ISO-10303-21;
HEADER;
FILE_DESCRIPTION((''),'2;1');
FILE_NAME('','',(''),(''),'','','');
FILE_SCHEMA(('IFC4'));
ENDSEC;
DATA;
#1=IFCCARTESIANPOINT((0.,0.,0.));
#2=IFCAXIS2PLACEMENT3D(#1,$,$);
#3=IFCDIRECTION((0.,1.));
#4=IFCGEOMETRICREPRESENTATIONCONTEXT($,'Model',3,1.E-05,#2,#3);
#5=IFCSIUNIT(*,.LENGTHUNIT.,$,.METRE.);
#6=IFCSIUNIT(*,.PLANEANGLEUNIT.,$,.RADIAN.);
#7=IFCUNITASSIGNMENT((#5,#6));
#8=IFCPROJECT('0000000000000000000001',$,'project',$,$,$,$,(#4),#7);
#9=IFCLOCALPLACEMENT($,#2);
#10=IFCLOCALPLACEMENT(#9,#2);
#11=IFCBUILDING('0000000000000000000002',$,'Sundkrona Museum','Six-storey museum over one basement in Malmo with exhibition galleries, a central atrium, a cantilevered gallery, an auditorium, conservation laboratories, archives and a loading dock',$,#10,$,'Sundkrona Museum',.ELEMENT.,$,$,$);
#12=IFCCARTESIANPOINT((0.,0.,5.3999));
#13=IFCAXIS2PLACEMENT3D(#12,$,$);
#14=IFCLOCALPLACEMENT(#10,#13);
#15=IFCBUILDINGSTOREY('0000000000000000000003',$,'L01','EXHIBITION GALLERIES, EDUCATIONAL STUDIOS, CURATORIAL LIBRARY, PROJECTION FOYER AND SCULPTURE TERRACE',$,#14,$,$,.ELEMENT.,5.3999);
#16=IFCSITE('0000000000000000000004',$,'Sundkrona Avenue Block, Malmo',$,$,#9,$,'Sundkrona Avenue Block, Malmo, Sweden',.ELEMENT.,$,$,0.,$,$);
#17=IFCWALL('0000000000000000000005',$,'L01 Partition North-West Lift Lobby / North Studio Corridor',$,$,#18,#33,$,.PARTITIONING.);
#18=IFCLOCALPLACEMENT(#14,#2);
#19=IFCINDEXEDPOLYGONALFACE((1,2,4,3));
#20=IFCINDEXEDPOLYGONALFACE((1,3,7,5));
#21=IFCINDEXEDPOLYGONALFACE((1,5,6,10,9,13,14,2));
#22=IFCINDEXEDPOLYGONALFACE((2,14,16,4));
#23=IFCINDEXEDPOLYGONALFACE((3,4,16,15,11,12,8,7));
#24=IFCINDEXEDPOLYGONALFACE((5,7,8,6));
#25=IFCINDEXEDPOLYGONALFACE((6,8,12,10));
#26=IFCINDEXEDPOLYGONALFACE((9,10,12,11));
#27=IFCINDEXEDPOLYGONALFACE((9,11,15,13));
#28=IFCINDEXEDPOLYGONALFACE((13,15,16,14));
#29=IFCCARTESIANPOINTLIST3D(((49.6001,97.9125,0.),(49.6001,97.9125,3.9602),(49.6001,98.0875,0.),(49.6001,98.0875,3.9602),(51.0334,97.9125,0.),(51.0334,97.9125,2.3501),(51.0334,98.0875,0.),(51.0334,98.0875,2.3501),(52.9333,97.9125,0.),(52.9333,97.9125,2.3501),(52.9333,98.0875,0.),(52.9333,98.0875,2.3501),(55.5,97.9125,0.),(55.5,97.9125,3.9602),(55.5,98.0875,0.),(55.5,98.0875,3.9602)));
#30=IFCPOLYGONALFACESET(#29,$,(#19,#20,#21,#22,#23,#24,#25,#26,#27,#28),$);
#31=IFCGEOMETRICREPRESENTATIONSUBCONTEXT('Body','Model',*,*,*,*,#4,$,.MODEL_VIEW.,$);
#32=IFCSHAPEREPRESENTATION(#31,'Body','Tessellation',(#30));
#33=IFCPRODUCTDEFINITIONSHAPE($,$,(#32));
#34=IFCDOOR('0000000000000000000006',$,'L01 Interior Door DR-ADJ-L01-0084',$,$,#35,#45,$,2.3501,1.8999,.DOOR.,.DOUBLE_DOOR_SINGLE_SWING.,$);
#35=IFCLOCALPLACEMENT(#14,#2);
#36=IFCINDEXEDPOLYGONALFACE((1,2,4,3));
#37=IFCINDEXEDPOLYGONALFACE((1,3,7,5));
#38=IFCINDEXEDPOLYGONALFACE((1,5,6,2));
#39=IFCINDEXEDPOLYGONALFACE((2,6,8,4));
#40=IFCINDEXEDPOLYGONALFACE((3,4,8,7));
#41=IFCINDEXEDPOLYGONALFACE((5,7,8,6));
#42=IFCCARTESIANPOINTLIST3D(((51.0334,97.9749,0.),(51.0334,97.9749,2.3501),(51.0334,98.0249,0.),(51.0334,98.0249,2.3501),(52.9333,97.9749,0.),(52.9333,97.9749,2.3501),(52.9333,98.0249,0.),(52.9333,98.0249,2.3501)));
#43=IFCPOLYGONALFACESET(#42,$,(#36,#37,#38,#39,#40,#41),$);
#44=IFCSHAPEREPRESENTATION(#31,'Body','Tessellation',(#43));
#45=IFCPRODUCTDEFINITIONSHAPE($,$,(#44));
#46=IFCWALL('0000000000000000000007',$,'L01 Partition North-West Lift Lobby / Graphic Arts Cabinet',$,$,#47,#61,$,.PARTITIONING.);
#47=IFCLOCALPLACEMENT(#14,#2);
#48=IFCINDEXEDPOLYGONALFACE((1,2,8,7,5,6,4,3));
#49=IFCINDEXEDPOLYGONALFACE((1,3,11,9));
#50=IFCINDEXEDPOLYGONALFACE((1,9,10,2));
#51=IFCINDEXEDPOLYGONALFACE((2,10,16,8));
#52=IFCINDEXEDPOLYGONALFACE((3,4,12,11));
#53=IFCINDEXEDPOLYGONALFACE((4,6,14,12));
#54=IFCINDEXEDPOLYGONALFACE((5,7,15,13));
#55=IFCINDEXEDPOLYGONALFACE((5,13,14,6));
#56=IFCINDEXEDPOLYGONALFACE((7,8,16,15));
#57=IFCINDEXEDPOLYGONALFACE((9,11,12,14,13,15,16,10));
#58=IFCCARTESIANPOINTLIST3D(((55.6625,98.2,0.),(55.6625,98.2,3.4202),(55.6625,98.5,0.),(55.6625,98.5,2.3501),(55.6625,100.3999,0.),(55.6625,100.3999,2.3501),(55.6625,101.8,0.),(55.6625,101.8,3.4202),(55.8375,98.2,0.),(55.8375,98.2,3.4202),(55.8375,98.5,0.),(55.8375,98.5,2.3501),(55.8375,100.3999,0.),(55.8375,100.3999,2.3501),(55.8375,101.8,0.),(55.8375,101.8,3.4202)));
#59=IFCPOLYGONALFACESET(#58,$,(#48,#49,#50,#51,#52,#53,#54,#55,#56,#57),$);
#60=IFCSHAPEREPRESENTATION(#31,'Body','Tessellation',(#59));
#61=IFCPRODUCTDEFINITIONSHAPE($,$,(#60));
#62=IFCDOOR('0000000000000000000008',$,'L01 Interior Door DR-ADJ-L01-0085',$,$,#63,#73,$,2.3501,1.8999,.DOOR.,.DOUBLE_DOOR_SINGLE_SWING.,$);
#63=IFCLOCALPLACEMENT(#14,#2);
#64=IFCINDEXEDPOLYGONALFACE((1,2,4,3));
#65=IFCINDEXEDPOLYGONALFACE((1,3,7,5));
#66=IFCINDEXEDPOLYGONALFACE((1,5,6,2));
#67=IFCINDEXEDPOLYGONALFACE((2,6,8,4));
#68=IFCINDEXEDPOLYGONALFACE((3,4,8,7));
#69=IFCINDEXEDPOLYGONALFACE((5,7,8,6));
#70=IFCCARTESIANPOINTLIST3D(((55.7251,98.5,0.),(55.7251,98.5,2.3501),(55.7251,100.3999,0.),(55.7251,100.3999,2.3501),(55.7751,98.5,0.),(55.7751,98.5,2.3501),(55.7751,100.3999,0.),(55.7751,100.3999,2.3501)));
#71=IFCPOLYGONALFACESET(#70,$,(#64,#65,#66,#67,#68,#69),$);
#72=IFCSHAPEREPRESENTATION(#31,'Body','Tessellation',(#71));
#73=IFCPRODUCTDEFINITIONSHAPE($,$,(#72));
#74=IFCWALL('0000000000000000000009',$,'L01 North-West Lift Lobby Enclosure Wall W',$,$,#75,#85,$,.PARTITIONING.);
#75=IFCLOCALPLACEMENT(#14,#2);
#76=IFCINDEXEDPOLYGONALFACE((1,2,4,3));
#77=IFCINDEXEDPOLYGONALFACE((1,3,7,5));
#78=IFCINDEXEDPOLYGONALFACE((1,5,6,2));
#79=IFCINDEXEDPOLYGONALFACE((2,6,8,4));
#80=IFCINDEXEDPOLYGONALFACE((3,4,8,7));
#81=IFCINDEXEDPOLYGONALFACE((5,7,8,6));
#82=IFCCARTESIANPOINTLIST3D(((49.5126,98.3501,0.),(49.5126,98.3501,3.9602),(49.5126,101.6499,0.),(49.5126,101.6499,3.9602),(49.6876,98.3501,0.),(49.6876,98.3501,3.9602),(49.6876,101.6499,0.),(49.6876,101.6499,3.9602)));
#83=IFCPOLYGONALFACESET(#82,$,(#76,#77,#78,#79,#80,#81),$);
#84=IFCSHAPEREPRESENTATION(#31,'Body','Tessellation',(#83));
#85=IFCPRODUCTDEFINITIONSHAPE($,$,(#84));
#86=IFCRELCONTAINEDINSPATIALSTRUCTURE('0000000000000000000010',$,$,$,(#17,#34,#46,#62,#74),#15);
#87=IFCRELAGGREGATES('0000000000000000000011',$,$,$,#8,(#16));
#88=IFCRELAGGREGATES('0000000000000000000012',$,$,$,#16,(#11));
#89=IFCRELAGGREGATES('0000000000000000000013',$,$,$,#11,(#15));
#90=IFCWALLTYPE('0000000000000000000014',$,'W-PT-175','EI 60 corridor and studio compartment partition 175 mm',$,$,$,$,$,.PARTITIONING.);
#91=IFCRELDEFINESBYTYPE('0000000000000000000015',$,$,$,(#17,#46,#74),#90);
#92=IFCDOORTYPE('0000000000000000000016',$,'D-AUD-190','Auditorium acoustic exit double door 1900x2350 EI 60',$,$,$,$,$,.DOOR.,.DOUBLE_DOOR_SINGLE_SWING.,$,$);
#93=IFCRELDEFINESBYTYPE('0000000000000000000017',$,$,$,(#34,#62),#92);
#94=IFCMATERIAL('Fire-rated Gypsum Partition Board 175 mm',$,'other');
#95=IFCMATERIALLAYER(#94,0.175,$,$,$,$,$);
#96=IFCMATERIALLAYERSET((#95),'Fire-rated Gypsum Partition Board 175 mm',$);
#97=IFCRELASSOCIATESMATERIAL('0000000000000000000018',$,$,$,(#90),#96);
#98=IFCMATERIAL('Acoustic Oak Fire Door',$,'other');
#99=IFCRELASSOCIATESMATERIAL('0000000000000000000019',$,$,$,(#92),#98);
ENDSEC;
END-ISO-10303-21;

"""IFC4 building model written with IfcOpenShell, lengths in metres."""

from ifc_helpers import new_model, si_unit, direction, frame, frame_2d, origin, place, context, subcontext, project, spatial, rectangle, extrude, material, layer, layer_set, type_object, element, fill, save


model = new_model("IFC4")

# Units and contexts
model_context = context("Model", 3, precision=1e-05, world=origin(), true_north=direction((0.0, 1.0)))
body_context = subcontext(model_context, "Body", "Model", "MODEL_VIEW")
ifc_project = project(units=[si_unit("LENGTHUNIT", "METRE"), si_unit("PLANEANGLEUNIT", "RADIAN")], contexts=[model_context])

# Site, building, storey
site_placement = place(None, origin())
site = spatial("IfcSite", under=ifc_project, at=site_placement, Name="Sundkrona Avenue Block, Malmo", LongName="Sundkrona Avenue Block, Malmo, Sweden", CompositionType="ELEMENT", RefElevation=0.0)
building_placement = place(site_placement, origin())
building = spatial("IfcBuilding", under=site, at=building_placement, Name="Sundkrona Museum", Description="Six-storey museum over one basement in Malmo with exhibition galleries, a central atrium, a cantilevered gallery, an auditorium, conservation laboratories, archives and a loading dock", LongName="Sundkrona Museum", CompositionType="ELEMENT")
storey_placement = place(building_placement, frame((0.0, 0.0, 5.3999)))
storey = spatial("IfcBuildingStorey", under=building, at=storey_placement, Name="L01", Description="EXHIBITION GALLERIES, EDUCATIONAL STUDIOS, CURATORIAL LIBRARY, PROJECTION FOYER AND SCULPTURE TERRACE", CompositionType="ELEMENT", Elevation=5.3999)

# Walls, openings, doors
ifc_material_1 = material(Name="Fire-rated Gypsum Partition Board 175 mm", Category="other")
ifc_layer_1 = layer(ifc_material_1, 0.175)
ifc_layer_set_1 = layer_set([ifc_layer_1], Name="Fire-rated Gypsum Partition Board 175 mm")
wall_type_1 = type_object("IfcWallType", Name="W-PT-175", Description="EI 60 corridor and studio compartment partition 175 mm", PredefinedType="PARTITIONING", material=ifc_layer_set_1)
wall_1_placement = place(storey_placement, frame((49.6001, 98.0, 0.0), z_axis=(0.0, 0.0, 1.0), x_axis=(1.0, 0.0, 0.0)))
wall_1 = element("IfcWall", 1, at=wall_1_placement, inside=storey, type_object=wall_type_1, Name="L01 Partition North-West Lift Lobby / North Studio Corridor", PredefinedType="PARTITIONING", context=body_context, shape_type="SweptSolid", body=[
    extrude(rectangle(XDim=5.8999, YDim=0.175, at=frame_2d((2.95, 0.0))), origin(), (0.0, 0.0, 1.0), 3.9602),
])
opening_1_placement = place(wall_1_placement, frame((1.4333, 0.0, 0.0)))
opening_1 = element("IfcOpeningElement", 2, at=opening_1_placement, cuts=wall_1, PredefinedType="OPENING", context=body_context, shape_type="SweptSolid", body=[
    extrude(rectangle(XDim=1.8999, YDim=2.3501, at=frame_2d((0.95, 1.175))), frame((0.0, 0.0974, 0.0), z_axis=(0.0, -1.0, 0.0), x_axis=(1.0, 0.0, 0.0)), (0.0, 0.0, 1.0), 0.1951),
])
ifc_material_2 = material(Name="Acoustic Oak Fire Door", Category="other")
door_type_1 = type_object("IfcDoorType", Name="D-AUD-190", Description="Auditorium acoustic exit double door 1900x2350 EI 60", OperationType="DOUBLE_DOOR_SINGLE_SWING", PredefinedType="DOOR", material=ifc_material_2)
door_1_placement = place(opening_1_placement, origin())
door_1 = element("IfcDoor", 3, at=door_1_placement, inside=storey, type_object=door_type_1, Name="L01 Interior Door DR-ADJ-L01-0084", OperationType="DOUBLE_DOOR_SINGLE_SWING", OverallHeight=2.3501, OverallWidth=1.8999, PredefinedType="DOOR", context=body_context, shape_type="SweptSolid", body=[
    extrude(rectangle(XDim=1.8999, YDim=2.3501, at=frame_2d((0.95, 1.175))), frame((0.0, 0.0249, 0.0), z_axis=(0.0, -1.0, 0.0), x_axis=(1.0, 0.0, 0.0)), (0.0, 0.0, 1.0), 0.05),
])
fill(opening_1, door_1)
wall_2_placement = place(storey_placement, frame((55.75, 98.2, 0.0), z_axis=(0.0, 0.0, 1.0), x_axis=(0.0, 1.0, 0.0)))
wall_2 = element("IfcWall", 4, at=wall_2_placement, inside=storey, type_object=wall_type_1, Name="L01 Partition North-West Lift Lobby / Graphic Arts Cabinet", PredefinedType="PARTITIONING", context=body_context, shape_type="SweptSolid", body=[
    extrude(rectangle(XDim=3.6001, YDim=0.175, at=frame_2d((1.8, 0.0))), origin(), (0.0, 0.0, 1.0), 3.4202),
])
opening_2_placement = place(wall_2_placement, frame((0.3, 0.0, 0.0)))
opening_2 = element("IfcOpeningElement", 5, at=opening_2_placement, cuts=wall_2, PredefinedType="OPENING", context=body_context, shape_type="SweptSolid", body=[
    extrude(rectangle(XDim=1.8999, YDim=2.3501, at=frame_2d((0.95, 1.175))), frame((0.0, 0.0974, 0.0), z_axis=(0.0, -1.0, 0.0), x_axis=(1.0, 0.0, 0.0)), (0.0, 0.0, 1.0), 0.1951),
])
door_2_placement = place(opening_2_placement, origin())
door_2 = element("IfcDoor", 6, at=door_2_placement, inside=storey, type_object=door_type_1, Name="L01 Interior Door DR-ADJ-L01-0085", OperationType="DOUBLE_DOOR_SINGLE_SWING", OverallHeight=2.3501, OverallWidth=1.8999, PredefinedType="DOOR", context=body_context, shape_type="SweptSolid", body=[
    extrude(rectangle(XDim=1.8999, YDim=2.3501, at=frame_2d((0.95, 1.175))), frame((0.0, 0.0249, 0.0), z_axis=(0.0, -1.0, 0.0), x_axis=(1.0, 0.0, 0.0)), (0.0, 0.0, 1.0), 0.05),
])
fill(opening_2, door_2)

# Wall
wall_3_placement = place(storey_placement, frame((49.6001, 98.3501, 0.0), z_axis=(0.0, 0.0, 1.0), x_axis=(0.0, 1.0, 0.0)))
element("IfcWall", 7, at=wall_3_placement, inside=storey, type_object=wall_type_1, Name="L01 North-West Lift Lobby Enclosure Wall W", PredefinedType="PARTITIONING", context=body_context, shape_type="SweptSolid", body=[
    extrude(rectangle(XDim=3.2998, YDim=0.175, at=frame_2d((1.6499, 0.0))), origin(), (0.0, 0.0, 1.0), 3.9602),
])

save(model, "model.ifc")
